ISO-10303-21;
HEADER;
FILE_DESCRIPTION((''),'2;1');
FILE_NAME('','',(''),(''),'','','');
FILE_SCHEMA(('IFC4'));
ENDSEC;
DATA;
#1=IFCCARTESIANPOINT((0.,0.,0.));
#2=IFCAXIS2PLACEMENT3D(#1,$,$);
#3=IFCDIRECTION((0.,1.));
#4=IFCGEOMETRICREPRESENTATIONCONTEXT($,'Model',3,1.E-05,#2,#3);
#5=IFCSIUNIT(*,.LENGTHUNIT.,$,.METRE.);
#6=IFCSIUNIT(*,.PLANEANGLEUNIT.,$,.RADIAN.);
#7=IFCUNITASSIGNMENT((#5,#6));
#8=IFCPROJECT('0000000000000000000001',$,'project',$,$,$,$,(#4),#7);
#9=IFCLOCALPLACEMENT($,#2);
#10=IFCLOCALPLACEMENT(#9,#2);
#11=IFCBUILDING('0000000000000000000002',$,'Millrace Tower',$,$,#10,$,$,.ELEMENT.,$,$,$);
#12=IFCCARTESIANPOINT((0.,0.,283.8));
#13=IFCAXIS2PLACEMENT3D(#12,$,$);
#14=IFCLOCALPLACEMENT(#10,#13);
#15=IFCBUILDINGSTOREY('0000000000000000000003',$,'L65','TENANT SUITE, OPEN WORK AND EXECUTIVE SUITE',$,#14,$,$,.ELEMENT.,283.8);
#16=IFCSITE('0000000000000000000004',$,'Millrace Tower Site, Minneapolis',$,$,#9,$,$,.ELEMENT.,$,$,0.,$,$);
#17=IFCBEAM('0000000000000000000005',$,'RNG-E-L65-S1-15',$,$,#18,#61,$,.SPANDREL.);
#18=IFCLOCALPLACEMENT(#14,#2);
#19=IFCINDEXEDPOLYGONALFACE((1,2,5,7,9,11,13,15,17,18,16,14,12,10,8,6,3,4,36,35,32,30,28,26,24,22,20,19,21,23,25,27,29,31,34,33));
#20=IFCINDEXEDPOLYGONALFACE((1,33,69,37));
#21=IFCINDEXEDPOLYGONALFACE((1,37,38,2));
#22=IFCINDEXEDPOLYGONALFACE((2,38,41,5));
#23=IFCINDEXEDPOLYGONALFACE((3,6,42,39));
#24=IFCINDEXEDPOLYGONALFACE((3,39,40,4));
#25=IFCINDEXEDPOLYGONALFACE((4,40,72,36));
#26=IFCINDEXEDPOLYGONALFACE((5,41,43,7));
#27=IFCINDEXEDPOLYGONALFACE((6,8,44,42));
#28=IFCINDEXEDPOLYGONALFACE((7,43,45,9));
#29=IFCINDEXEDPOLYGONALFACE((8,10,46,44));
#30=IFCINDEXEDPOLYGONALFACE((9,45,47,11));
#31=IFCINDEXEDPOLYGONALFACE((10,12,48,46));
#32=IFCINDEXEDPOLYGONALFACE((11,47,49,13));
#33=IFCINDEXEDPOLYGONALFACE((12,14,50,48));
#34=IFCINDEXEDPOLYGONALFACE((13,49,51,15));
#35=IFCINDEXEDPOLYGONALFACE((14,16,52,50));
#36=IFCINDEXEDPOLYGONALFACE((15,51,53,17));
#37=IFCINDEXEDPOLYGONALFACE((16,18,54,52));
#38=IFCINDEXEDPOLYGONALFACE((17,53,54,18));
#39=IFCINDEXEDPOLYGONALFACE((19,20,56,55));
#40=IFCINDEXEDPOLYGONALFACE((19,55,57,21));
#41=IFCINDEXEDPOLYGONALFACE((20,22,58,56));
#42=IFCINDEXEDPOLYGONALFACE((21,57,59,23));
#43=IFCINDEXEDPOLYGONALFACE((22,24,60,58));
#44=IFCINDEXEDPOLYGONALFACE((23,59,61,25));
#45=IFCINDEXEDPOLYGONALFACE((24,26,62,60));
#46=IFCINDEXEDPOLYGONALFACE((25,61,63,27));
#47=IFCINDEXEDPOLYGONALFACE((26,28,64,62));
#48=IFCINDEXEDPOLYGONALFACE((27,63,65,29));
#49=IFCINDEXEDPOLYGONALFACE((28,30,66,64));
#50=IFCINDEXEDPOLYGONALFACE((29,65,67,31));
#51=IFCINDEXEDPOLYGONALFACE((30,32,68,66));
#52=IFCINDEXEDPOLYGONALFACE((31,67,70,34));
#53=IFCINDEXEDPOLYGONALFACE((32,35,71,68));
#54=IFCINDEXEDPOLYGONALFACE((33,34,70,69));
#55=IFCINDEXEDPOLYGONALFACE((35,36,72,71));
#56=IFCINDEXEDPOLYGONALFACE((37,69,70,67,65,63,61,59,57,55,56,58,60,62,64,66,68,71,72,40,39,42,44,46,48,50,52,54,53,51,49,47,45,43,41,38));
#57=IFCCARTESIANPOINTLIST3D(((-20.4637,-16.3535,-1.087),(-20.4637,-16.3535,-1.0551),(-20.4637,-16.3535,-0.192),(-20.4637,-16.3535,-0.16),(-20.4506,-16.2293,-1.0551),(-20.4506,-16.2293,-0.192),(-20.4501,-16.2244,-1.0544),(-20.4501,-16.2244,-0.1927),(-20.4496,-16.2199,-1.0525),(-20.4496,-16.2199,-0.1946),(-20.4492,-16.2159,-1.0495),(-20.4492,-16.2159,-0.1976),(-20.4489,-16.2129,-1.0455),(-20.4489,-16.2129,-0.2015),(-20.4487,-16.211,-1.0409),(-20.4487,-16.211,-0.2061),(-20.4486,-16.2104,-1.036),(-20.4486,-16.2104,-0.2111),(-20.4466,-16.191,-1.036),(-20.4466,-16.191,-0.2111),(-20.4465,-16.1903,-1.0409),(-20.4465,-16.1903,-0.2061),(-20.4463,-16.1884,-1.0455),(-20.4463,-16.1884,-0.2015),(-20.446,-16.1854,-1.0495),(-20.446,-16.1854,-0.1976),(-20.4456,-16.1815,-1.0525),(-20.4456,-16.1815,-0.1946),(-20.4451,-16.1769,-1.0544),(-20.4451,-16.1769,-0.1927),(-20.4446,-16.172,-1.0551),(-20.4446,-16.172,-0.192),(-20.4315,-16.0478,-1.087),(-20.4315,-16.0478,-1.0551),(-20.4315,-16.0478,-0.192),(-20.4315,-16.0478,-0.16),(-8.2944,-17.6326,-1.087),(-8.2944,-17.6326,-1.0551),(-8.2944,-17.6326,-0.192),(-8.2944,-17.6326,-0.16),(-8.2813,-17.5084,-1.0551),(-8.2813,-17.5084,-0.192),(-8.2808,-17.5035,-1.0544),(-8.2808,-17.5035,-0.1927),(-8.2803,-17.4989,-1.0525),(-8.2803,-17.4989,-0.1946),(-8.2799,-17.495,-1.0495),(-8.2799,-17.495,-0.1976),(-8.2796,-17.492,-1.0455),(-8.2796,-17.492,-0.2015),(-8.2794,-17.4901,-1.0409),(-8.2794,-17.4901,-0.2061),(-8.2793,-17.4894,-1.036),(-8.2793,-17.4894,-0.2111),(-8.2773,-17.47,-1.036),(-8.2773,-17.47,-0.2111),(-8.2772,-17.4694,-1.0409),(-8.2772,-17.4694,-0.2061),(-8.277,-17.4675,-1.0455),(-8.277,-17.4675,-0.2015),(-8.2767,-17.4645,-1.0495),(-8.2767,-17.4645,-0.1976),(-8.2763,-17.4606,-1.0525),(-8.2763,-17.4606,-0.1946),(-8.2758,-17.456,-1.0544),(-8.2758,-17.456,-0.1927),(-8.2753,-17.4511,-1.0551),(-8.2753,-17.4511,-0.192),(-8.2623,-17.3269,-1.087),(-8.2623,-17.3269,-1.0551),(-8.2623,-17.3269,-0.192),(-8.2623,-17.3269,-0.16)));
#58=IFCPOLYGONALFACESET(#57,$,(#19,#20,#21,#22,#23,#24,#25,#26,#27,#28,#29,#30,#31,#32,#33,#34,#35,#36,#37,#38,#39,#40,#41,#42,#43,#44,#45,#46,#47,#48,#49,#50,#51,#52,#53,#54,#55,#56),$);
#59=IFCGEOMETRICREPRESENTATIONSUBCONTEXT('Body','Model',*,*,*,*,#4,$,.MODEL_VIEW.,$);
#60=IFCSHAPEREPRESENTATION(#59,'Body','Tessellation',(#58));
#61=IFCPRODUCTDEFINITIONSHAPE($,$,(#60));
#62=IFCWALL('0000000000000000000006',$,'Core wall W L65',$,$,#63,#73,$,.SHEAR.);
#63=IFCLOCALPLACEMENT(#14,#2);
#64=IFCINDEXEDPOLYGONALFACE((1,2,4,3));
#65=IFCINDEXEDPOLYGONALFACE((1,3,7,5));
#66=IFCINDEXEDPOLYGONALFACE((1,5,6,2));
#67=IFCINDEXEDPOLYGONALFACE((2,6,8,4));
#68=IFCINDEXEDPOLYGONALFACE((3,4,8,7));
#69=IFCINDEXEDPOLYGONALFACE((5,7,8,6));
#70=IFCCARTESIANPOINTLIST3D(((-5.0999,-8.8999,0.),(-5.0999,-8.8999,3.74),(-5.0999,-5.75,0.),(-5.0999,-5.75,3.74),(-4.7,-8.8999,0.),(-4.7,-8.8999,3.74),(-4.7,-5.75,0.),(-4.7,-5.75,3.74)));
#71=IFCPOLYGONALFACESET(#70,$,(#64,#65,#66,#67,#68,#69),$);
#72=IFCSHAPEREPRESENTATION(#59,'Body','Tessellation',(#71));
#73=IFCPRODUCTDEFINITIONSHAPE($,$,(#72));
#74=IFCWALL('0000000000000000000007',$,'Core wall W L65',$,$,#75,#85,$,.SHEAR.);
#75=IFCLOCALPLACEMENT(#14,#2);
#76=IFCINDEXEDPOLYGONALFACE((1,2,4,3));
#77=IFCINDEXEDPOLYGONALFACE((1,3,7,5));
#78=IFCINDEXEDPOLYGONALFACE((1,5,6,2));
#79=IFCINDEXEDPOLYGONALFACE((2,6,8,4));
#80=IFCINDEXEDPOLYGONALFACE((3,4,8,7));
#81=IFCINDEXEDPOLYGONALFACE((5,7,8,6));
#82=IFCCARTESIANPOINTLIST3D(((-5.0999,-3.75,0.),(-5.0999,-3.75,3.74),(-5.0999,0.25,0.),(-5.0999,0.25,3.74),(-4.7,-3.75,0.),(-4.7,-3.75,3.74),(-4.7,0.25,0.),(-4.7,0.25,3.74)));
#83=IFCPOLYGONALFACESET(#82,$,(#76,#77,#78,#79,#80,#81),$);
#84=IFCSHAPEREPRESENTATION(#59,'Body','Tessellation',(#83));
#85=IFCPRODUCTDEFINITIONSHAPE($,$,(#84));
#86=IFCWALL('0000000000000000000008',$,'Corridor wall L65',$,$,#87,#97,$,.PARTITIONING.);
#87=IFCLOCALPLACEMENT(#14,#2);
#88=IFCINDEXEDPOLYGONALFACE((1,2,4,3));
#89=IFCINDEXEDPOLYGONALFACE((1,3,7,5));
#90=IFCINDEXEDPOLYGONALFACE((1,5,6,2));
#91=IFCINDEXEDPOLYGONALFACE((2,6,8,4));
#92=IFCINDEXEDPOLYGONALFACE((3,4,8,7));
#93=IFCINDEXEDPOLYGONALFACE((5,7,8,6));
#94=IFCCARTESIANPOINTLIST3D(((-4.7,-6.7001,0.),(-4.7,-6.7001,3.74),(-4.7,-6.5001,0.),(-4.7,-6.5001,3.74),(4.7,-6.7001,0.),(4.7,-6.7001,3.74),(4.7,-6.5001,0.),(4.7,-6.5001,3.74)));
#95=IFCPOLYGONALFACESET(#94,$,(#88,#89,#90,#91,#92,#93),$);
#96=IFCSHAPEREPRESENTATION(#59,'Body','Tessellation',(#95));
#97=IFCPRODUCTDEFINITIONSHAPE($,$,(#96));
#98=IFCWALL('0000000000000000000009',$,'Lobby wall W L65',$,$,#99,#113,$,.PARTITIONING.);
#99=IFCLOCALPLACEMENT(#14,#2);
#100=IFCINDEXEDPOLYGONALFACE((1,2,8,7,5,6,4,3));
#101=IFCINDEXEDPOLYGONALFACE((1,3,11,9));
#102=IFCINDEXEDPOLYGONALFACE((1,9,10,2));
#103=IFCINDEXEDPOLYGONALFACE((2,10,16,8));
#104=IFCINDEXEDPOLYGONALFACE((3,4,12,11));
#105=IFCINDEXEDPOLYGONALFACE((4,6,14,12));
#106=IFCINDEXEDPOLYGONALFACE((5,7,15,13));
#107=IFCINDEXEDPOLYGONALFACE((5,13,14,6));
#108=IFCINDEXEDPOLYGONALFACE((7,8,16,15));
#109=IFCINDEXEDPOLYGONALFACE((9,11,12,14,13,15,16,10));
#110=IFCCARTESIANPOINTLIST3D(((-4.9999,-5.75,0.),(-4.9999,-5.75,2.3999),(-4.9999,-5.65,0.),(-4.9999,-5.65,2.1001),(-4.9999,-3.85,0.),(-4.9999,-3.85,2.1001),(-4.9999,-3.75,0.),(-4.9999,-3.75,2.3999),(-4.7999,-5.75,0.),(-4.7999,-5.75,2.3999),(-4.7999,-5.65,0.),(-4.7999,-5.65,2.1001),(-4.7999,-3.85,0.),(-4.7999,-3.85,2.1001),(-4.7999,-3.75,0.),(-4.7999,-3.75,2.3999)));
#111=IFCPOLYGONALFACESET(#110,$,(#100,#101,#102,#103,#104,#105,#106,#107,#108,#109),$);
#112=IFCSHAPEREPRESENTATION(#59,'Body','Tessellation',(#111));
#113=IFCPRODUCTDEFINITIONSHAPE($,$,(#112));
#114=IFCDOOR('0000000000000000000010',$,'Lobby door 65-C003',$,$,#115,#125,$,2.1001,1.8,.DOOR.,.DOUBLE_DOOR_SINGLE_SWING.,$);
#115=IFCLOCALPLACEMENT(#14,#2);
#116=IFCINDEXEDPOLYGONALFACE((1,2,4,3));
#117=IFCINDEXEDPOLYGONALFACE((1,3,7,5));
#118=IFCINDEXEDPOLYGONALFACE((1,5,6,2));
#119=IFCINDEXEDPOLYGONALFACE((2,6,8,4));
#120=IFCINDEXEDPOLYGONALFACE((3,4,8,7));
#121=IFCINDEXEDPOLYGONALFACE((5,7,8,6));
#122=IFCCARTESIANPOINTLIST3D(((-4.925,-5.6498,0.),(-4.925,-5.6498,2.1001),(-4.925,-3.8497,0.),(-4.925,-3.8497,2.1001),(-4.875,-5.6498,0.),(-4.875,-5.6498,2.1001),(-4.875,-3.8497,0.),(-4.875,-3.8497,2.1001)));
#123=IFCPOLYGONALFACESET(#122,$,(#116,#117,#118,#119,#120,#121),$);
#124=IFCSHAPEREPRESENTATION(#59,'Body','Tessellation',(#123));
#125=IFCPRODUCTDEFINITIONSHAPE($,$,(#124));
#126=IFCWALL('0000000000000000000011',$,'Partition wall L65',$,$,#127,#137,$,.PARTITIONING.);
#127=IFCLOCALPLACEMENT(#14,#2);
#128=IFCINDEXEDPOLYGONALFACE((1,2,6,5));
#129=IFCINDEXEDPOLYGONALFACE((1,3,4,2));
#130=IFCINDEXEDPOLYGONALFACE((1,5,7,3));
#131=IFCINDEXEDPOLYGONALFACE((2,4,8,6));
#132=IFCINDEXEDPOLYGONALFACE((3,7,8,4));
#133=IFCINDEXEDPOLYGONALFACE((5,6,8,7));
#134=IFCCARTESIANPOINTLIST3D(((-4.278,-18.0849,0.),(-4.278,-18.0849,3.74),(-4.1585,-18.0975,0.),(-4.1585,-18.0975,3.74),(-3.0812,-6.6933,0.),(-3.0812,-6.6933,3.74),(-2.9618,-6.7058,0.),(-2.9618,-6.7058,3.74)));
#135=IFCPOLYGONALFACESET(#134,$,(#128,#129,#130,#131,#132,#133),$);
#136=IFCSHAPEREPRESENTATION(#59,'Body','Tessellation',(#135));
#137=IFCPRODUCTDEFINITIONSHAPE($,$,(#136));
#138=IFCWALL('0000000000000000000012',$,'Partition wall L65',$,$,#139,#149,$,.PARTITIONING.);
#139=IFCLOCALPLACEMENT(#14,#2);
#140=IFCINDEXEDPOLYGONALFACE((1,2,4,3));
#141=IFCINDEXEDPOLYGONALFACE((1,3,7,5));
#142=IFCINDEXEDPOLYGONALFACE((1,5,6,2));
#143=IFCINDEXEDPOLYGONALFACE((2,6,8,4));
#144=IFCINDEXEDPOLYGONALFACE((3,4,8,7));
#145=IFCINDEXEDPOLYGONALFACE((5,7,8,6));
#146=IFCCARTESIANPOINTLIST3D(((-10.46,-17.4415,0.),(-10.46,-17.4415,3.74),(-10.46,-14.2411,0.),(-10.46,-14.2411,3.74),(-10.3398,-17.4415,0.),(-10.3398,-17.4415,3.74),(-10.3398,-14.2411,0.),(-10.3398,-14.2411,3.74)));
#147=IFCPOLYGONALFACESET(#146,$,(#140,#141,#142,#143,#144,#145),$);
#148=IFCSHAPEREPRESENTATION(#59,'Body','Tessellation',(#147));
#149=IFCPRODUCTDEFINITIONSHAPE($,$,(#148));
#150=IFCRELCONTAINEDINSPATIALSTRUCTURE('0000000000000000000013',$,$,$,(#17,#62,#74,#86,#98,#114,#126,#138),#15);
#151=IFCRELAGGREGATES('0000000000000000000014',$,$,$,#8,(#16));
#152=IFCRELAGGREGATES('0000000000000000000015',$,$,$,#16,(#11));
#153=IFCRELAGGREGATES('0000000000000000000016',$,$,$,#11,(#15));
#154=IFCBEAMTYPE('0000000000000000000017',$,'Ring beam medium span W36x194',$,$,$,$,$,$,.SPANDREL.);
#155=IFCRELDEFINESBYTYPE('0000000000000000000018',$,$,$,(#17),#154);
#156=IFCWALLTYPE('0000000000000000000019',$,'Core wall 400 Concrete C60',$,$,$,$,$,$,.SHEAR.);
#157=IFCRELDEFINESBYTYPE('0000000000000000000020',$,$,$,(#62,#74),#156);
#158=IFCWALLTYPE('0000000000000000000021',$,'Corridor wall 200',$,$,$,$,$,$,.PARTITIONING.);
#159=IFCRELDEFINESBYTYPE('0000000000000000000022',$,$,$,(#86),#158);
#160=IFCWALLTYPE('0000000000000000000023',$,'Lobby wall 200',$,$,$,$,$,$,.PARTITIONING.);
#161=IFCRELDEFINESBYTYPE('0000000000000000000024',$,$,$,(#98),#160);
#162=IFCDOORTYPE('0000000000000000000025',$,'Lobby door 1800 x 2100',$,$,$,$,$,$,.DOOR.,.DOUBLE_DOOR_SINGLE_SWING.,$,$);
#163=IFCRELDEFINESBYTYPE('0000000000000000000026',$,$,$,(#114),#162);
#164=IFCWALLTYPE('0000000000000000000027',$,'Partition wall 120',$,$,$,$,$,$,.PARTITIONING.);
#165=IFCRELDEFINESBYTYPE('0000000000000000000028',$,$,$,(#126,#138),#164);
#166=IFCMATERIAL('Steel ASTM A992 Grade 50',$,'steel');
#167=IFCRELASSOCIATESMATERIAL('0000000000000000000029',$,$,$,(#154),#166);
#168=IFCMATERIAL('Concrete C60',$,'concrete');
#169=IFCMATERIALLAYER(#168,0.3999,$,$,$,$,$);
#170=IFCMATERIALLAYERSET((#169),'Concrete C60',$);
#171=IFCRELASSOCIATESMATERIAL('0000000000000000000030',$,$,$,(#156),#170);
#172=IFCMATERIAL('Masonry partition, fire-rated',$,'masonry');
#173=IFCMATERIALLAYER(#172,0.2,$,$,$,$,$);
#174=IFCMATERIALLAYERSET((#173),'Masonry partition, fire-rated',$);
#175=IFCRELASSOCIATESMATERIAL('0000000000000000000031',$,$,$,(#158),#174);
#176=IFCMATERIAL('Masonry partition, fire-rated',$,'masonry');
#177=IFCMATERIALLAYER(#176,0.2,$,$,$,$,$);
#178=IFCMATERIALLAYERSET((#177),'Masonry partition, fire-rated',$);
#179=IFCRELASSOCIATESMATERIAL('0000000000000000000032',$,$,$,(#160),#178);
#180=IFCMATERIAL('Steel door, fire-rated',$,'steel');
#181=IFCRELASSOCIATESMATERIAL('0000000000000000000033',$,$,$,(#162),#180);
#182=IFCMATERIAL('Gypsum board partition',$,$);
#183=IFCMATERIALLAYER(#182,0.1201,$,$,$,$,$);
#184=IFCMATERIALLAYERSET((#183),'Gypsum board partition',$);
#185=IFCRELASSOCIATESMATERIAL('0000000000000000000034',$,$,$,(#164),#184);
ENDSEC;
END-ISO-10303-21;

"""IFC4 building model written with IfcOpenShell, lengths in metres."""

from ifc_helpers import new_model, si_unit, direction, frame, frame_2d, origin, origin_2d, place, context, subcontext, project, spatial, rectangle, i_section, extrude, material, layer, layer_set, material_profile, profile_set, type_object, element, fill, save


model = new_model("IFC4")

# Units and contexts
model_context = context("Model", 3, precision=1e-05, world=origin(), true_north=direction((0.0, 1.0)))
body_context = subcontext(model_context, "Body", "Model", "MODEL_VIEW")
ifc_project = project(units=[si_unit("LENGTHUNIT", "METRE"), si_unit("PLANEANGLEUNIT", "RADIAN")], contexts=[model_context])

# Site, building, storey
site_placement = place(None, origin())
site = spatial("IfcSite", under=ifc_project, at=site_placement, Name="Millrace Tower Site, Minneapolis", CompositionType="ELEMENT", RefElevation=0.0)
building_placement = place(site_placement, origin())
building = spatial("IfcBuilding", under=site, at=building_placement, Name="Millrace Tower", CompositionType="ELEMENT")
storey_placement = place(building_placement, frame((0.0, 0.0, 283.8)))
storey = spatial("IfcBuildingStorey", under=building, at=storey_placement, Name="L65", Description="TENANT SUITE, OPEN WORK AND EXECUTIVE SUITE", CompositionType="ELEMENT", Elevation=283.8)

# Beam
ifc_material_1 = material(Name="Steel ASTM A992 Grade 50", Category="steel")
ifc_material_profile_1 = material_profile(ifc_material_1, i_section(OverallWidth=0.3074, OverallDepth=0.927, WebThickness=0.0195, FlangeThickness=0.032, FilletRadius=0.019, at=origin_2d()))
ifc_profile_set_1 = profile_set([ifc_material_profile_1], Name="Steel ASTM A992 Grade 50")
beam_type_1 = type_object("IfcBeamType", Name="Ring beam medium span W36x194", PredefinedType="SPANDREL", material=ifc_profile_set_1)
beam_1_placement = place(storey_placement, frame((-8.2783, -17.4797, -0.6235), z_axis=(-0.994522, 0.10453, 0.0), x_axis=(-0.10453, -0.994522, 0.0)))
element("IfcBeam", 1, at=beam_1_placement, inside=storey, type_object=beam_type_1, Name="RNG-E-L65-S1-15", PredefinedType="SPANDREL", context=body_context, shape_type="SweptSolid", body=[
    extrude(i_section(OverallWidth=0.3074, OverallDepth=0.927, WebThickness=0.0195, FlangeThickness=0.032, FilletRadius=0.019, at=origin_2d()), origin(), (0.0, 0.0, 1.0), 12.2363),
])

# Walls
ifc_material_2 = material(Name="Concrete C60", Category="concrete")
ifc_layer_1 = layer(ifc_material_2, 0.3999)
ifc_layer_set_1 = layer_set([ifc_layer_1], Name="Concrete C60")
wall_type_1 = type_object("IfcWallType", Name="Core wall 400 Concrete C60", PredefinedType="SHEAR", material=ifc_layer_set_1)
wall_1_placement = place(storey_placement, frame((-4.8999, -8.8999, 0.0), z_axis=(0.0, 0.0, 1.0), x_axis=(0.0, 1.0, 0.0)))
element("IfcWall", 2, at=wall_1_placement, inside=storey, type_object=wall_type_1, Name="Core wall W L65", PredefinedType="SHEAR", context=body_context, shape_type="SweptSolid", body=[
    extrude(rectangle(XDim=3.1499, YDim=0.3999, at=frame_2d((1.575, 0.0))), origin(), (0.0, 0.0, 1.0), 3.74),
])
wall_2_placement = place(storey_placement, frame((-4.8999, -3.75, 0.0), z_axis=(0.0, 0.0, 1.0), x_axis=(0.0, 1.0, 0.0)))
element("IfcWall", 3, at=wall_2_placement, inside=storey, type_object=wall_type_1, Name="Core wall W L65", PredefinedType="SHEAR", context=body_context, shape_type="SweptSolid", body=[
    extrude(rectangle(XDim=4.0, YDim=0.3999, at=frame_2d((2.0, 0.0))), origin(), (0.0, 0.0, 1.0), 3.74),
])
ifc_material_3 = material(Name="Masonry partition, fire-rated", Category="masonry")
ifc_layer_2 = layer(ifc_material_3, 0.2)
ifc_layer_set_2 = layer_set([ifc_layer_2], Name="Masonry partition, fire-rated")
wall_type_2 = type_object("IfcWallType", Name="Corridor wall 200", PredefinedType="PARTITIONING", material=ifc_layer_set_2)
wall_3_placement = place(storey_placement, frame((-4.7, -6.6001, 0.0), z_axis=(0.0, 0.0, 1.0), x_axis=(1.0, 0.0, 0.0)))
element("IfcWall", 4, at=wall_3_placement, inside=storey, type_object=wall_type_2, Name="Corridor wall L65", PredefinedType="PARTITIONING", context=body_context, shape_type="SweptSolid", body=[
    extrude(rectangle(XDim=9.3999, YDim=0.2, at=frame_2d((4.7, 0.0))), origin(), (0.0, 0.0, 1.0), 3.74),
])

# Wall, opening, door
ifc_material_4 = material(Name="Masonry partition, fire-rated", Category="masonry")
ifc_layer_3 = layer(ifc_material_4, 0.2)
ifc_layer_set_3 = layer_set([ifc_layer_3], Name="Masonry partition, fire-rated")
wall_type_3 = type_object("IfcWallType", Name="Lobby wall 200", PredefinedType="PARTITIONING", material=ifc_layer_set_3)
wall_4_placement = place(storey_placement, frame((-4.8999, -5.75, 0.0), z_axis=(0.0, 0.0, 1.0), x_axis=(0.0, 1.0, 0.0)))
wall_4 = element("IfcWall", 5, at=wall_4_placement, inside=storey, type_object=wall_type_3, Name="Lobby wall W L65", PredefinedType="PARTITIONING", context=body_context, shape_type="SweptSolid", body=[
    extrude(rectangle(XDim=2.0, YDim=0.2, at=frame_2d((1.0, 0.0))), origin(), (0.0, 0.0, 1.0), 2.3999),
])
opening_placement = place(wall_4_placement, frame((0.1001, 0.0, 0.0)))
opening = element("IfcOpeningElement", 6, at=opening_placement, cuts=wall_4, PredefinedType="OPENING", context=body_context, shape_type="SweptSolid", body=[
    extrude(rectangle(XDim=1.8, YDim=2.1001, at=frame_2d((0.8999, 1.05))), frame((0.0, 0.1099, 0.0), z_axis=(0.0, -1.0, 0.0), x_axis=(1.0, 0.0, 0.0)), (0.0, 0.0, 1.0), 0.22),
])
ifc_material_5 = material(Name="Steel door, fire-rated", Category="steel")
door_type = type_object("IfcDoorType", Name="Lobby door 1800 x 2100", OperationType="DOUBLE_DOOR_SINGLE_SWING", PredefinedType="DOOR", material=ifc_material_5)
door_placement = place(opening_placement, frame((1.8, 0.0, 0.0), z_axis=(0.0, 0.0, 1.0), x_axis=(-1.0, 0.0, 0.0)))
door = element("IfcDoor", 7, at=door_placement, inside=storey, type_object=door_type, Name="Lobby door 65-C003", OperationType="DOUBLE_DOOR_SINGLE_SWING", OverallHeight=2.1001, OverallWidth=1.8, PredefinedType="DOOR", context=body_context, shape_type="SweptSolid", body=[
    extrude(rectangle(XDim=1.8, YDim=2.1001, at=frame_2d((0.8999, 1.05))), frame((0.0, 0.0249, 0.0), z_axis=(0.0, -1.0, 0.0), x_axis=(1.0, 0.0, 0.0)), (0.0, 0.0, 1.0), 0.05),
])
fill(opening, door)

# Walls
ifc_material_6 = material(Name="Gypsum board partition")
ifc_layer_4 = layer(ifc_material_6, 0.1201)
ifc_layer_set_4 = layer_set([ifc_layer_4], Name="Gypsum board partition")
wall_type_4 = type_object("IfcWallType", Name="Partition wall 120", PredefinedType="PARTITIONING", material=ifc_layer_set_4)
wall_5_placement = place(storey_placement, frame((-4.2183, -18.0911, 0.0), z_axis=(0.0, 0.0, 1.0), x_axis=(0.104483, 0.994527, 0.0)))
element("IfcWall", 8, at=wall_5_placement, inside=storey, type_object=wall_type_4, Name="Partition wall L65", PredefinedType="PARTITIONING", context=body_context, shape_type="SweptSolid", body=[
    extrude(rectangle(XDim=11.4543, YDim=0.1201, at=frame_2d((5.7271, 0.0))), origin(), (0.0, 0.0, 1.0), 3.74),
])
wall_6_placement = place(storey_placement, frame((-10.3999, -17.4414, 0.0), z_axis=(0.0, 0.0, 1.0), x_axis=(0.0, 1.0, 0.0)))
element("IfcWall", 9, at=wall_6_placement, inside=storey, type_object=wall_type_4, Name="Partition wall L65", PredefinedType="PARTITIONING", context=body_context, shape_type="SweptSolid", body=[
    extrude(rectangle(XDim=3.2004, YDim=0.1201, at=frame_2d((1.6001, 0.0))), origin(), (0.0, 0.0, 1.0), 3.74),
])

save(model, "model.ifc")
